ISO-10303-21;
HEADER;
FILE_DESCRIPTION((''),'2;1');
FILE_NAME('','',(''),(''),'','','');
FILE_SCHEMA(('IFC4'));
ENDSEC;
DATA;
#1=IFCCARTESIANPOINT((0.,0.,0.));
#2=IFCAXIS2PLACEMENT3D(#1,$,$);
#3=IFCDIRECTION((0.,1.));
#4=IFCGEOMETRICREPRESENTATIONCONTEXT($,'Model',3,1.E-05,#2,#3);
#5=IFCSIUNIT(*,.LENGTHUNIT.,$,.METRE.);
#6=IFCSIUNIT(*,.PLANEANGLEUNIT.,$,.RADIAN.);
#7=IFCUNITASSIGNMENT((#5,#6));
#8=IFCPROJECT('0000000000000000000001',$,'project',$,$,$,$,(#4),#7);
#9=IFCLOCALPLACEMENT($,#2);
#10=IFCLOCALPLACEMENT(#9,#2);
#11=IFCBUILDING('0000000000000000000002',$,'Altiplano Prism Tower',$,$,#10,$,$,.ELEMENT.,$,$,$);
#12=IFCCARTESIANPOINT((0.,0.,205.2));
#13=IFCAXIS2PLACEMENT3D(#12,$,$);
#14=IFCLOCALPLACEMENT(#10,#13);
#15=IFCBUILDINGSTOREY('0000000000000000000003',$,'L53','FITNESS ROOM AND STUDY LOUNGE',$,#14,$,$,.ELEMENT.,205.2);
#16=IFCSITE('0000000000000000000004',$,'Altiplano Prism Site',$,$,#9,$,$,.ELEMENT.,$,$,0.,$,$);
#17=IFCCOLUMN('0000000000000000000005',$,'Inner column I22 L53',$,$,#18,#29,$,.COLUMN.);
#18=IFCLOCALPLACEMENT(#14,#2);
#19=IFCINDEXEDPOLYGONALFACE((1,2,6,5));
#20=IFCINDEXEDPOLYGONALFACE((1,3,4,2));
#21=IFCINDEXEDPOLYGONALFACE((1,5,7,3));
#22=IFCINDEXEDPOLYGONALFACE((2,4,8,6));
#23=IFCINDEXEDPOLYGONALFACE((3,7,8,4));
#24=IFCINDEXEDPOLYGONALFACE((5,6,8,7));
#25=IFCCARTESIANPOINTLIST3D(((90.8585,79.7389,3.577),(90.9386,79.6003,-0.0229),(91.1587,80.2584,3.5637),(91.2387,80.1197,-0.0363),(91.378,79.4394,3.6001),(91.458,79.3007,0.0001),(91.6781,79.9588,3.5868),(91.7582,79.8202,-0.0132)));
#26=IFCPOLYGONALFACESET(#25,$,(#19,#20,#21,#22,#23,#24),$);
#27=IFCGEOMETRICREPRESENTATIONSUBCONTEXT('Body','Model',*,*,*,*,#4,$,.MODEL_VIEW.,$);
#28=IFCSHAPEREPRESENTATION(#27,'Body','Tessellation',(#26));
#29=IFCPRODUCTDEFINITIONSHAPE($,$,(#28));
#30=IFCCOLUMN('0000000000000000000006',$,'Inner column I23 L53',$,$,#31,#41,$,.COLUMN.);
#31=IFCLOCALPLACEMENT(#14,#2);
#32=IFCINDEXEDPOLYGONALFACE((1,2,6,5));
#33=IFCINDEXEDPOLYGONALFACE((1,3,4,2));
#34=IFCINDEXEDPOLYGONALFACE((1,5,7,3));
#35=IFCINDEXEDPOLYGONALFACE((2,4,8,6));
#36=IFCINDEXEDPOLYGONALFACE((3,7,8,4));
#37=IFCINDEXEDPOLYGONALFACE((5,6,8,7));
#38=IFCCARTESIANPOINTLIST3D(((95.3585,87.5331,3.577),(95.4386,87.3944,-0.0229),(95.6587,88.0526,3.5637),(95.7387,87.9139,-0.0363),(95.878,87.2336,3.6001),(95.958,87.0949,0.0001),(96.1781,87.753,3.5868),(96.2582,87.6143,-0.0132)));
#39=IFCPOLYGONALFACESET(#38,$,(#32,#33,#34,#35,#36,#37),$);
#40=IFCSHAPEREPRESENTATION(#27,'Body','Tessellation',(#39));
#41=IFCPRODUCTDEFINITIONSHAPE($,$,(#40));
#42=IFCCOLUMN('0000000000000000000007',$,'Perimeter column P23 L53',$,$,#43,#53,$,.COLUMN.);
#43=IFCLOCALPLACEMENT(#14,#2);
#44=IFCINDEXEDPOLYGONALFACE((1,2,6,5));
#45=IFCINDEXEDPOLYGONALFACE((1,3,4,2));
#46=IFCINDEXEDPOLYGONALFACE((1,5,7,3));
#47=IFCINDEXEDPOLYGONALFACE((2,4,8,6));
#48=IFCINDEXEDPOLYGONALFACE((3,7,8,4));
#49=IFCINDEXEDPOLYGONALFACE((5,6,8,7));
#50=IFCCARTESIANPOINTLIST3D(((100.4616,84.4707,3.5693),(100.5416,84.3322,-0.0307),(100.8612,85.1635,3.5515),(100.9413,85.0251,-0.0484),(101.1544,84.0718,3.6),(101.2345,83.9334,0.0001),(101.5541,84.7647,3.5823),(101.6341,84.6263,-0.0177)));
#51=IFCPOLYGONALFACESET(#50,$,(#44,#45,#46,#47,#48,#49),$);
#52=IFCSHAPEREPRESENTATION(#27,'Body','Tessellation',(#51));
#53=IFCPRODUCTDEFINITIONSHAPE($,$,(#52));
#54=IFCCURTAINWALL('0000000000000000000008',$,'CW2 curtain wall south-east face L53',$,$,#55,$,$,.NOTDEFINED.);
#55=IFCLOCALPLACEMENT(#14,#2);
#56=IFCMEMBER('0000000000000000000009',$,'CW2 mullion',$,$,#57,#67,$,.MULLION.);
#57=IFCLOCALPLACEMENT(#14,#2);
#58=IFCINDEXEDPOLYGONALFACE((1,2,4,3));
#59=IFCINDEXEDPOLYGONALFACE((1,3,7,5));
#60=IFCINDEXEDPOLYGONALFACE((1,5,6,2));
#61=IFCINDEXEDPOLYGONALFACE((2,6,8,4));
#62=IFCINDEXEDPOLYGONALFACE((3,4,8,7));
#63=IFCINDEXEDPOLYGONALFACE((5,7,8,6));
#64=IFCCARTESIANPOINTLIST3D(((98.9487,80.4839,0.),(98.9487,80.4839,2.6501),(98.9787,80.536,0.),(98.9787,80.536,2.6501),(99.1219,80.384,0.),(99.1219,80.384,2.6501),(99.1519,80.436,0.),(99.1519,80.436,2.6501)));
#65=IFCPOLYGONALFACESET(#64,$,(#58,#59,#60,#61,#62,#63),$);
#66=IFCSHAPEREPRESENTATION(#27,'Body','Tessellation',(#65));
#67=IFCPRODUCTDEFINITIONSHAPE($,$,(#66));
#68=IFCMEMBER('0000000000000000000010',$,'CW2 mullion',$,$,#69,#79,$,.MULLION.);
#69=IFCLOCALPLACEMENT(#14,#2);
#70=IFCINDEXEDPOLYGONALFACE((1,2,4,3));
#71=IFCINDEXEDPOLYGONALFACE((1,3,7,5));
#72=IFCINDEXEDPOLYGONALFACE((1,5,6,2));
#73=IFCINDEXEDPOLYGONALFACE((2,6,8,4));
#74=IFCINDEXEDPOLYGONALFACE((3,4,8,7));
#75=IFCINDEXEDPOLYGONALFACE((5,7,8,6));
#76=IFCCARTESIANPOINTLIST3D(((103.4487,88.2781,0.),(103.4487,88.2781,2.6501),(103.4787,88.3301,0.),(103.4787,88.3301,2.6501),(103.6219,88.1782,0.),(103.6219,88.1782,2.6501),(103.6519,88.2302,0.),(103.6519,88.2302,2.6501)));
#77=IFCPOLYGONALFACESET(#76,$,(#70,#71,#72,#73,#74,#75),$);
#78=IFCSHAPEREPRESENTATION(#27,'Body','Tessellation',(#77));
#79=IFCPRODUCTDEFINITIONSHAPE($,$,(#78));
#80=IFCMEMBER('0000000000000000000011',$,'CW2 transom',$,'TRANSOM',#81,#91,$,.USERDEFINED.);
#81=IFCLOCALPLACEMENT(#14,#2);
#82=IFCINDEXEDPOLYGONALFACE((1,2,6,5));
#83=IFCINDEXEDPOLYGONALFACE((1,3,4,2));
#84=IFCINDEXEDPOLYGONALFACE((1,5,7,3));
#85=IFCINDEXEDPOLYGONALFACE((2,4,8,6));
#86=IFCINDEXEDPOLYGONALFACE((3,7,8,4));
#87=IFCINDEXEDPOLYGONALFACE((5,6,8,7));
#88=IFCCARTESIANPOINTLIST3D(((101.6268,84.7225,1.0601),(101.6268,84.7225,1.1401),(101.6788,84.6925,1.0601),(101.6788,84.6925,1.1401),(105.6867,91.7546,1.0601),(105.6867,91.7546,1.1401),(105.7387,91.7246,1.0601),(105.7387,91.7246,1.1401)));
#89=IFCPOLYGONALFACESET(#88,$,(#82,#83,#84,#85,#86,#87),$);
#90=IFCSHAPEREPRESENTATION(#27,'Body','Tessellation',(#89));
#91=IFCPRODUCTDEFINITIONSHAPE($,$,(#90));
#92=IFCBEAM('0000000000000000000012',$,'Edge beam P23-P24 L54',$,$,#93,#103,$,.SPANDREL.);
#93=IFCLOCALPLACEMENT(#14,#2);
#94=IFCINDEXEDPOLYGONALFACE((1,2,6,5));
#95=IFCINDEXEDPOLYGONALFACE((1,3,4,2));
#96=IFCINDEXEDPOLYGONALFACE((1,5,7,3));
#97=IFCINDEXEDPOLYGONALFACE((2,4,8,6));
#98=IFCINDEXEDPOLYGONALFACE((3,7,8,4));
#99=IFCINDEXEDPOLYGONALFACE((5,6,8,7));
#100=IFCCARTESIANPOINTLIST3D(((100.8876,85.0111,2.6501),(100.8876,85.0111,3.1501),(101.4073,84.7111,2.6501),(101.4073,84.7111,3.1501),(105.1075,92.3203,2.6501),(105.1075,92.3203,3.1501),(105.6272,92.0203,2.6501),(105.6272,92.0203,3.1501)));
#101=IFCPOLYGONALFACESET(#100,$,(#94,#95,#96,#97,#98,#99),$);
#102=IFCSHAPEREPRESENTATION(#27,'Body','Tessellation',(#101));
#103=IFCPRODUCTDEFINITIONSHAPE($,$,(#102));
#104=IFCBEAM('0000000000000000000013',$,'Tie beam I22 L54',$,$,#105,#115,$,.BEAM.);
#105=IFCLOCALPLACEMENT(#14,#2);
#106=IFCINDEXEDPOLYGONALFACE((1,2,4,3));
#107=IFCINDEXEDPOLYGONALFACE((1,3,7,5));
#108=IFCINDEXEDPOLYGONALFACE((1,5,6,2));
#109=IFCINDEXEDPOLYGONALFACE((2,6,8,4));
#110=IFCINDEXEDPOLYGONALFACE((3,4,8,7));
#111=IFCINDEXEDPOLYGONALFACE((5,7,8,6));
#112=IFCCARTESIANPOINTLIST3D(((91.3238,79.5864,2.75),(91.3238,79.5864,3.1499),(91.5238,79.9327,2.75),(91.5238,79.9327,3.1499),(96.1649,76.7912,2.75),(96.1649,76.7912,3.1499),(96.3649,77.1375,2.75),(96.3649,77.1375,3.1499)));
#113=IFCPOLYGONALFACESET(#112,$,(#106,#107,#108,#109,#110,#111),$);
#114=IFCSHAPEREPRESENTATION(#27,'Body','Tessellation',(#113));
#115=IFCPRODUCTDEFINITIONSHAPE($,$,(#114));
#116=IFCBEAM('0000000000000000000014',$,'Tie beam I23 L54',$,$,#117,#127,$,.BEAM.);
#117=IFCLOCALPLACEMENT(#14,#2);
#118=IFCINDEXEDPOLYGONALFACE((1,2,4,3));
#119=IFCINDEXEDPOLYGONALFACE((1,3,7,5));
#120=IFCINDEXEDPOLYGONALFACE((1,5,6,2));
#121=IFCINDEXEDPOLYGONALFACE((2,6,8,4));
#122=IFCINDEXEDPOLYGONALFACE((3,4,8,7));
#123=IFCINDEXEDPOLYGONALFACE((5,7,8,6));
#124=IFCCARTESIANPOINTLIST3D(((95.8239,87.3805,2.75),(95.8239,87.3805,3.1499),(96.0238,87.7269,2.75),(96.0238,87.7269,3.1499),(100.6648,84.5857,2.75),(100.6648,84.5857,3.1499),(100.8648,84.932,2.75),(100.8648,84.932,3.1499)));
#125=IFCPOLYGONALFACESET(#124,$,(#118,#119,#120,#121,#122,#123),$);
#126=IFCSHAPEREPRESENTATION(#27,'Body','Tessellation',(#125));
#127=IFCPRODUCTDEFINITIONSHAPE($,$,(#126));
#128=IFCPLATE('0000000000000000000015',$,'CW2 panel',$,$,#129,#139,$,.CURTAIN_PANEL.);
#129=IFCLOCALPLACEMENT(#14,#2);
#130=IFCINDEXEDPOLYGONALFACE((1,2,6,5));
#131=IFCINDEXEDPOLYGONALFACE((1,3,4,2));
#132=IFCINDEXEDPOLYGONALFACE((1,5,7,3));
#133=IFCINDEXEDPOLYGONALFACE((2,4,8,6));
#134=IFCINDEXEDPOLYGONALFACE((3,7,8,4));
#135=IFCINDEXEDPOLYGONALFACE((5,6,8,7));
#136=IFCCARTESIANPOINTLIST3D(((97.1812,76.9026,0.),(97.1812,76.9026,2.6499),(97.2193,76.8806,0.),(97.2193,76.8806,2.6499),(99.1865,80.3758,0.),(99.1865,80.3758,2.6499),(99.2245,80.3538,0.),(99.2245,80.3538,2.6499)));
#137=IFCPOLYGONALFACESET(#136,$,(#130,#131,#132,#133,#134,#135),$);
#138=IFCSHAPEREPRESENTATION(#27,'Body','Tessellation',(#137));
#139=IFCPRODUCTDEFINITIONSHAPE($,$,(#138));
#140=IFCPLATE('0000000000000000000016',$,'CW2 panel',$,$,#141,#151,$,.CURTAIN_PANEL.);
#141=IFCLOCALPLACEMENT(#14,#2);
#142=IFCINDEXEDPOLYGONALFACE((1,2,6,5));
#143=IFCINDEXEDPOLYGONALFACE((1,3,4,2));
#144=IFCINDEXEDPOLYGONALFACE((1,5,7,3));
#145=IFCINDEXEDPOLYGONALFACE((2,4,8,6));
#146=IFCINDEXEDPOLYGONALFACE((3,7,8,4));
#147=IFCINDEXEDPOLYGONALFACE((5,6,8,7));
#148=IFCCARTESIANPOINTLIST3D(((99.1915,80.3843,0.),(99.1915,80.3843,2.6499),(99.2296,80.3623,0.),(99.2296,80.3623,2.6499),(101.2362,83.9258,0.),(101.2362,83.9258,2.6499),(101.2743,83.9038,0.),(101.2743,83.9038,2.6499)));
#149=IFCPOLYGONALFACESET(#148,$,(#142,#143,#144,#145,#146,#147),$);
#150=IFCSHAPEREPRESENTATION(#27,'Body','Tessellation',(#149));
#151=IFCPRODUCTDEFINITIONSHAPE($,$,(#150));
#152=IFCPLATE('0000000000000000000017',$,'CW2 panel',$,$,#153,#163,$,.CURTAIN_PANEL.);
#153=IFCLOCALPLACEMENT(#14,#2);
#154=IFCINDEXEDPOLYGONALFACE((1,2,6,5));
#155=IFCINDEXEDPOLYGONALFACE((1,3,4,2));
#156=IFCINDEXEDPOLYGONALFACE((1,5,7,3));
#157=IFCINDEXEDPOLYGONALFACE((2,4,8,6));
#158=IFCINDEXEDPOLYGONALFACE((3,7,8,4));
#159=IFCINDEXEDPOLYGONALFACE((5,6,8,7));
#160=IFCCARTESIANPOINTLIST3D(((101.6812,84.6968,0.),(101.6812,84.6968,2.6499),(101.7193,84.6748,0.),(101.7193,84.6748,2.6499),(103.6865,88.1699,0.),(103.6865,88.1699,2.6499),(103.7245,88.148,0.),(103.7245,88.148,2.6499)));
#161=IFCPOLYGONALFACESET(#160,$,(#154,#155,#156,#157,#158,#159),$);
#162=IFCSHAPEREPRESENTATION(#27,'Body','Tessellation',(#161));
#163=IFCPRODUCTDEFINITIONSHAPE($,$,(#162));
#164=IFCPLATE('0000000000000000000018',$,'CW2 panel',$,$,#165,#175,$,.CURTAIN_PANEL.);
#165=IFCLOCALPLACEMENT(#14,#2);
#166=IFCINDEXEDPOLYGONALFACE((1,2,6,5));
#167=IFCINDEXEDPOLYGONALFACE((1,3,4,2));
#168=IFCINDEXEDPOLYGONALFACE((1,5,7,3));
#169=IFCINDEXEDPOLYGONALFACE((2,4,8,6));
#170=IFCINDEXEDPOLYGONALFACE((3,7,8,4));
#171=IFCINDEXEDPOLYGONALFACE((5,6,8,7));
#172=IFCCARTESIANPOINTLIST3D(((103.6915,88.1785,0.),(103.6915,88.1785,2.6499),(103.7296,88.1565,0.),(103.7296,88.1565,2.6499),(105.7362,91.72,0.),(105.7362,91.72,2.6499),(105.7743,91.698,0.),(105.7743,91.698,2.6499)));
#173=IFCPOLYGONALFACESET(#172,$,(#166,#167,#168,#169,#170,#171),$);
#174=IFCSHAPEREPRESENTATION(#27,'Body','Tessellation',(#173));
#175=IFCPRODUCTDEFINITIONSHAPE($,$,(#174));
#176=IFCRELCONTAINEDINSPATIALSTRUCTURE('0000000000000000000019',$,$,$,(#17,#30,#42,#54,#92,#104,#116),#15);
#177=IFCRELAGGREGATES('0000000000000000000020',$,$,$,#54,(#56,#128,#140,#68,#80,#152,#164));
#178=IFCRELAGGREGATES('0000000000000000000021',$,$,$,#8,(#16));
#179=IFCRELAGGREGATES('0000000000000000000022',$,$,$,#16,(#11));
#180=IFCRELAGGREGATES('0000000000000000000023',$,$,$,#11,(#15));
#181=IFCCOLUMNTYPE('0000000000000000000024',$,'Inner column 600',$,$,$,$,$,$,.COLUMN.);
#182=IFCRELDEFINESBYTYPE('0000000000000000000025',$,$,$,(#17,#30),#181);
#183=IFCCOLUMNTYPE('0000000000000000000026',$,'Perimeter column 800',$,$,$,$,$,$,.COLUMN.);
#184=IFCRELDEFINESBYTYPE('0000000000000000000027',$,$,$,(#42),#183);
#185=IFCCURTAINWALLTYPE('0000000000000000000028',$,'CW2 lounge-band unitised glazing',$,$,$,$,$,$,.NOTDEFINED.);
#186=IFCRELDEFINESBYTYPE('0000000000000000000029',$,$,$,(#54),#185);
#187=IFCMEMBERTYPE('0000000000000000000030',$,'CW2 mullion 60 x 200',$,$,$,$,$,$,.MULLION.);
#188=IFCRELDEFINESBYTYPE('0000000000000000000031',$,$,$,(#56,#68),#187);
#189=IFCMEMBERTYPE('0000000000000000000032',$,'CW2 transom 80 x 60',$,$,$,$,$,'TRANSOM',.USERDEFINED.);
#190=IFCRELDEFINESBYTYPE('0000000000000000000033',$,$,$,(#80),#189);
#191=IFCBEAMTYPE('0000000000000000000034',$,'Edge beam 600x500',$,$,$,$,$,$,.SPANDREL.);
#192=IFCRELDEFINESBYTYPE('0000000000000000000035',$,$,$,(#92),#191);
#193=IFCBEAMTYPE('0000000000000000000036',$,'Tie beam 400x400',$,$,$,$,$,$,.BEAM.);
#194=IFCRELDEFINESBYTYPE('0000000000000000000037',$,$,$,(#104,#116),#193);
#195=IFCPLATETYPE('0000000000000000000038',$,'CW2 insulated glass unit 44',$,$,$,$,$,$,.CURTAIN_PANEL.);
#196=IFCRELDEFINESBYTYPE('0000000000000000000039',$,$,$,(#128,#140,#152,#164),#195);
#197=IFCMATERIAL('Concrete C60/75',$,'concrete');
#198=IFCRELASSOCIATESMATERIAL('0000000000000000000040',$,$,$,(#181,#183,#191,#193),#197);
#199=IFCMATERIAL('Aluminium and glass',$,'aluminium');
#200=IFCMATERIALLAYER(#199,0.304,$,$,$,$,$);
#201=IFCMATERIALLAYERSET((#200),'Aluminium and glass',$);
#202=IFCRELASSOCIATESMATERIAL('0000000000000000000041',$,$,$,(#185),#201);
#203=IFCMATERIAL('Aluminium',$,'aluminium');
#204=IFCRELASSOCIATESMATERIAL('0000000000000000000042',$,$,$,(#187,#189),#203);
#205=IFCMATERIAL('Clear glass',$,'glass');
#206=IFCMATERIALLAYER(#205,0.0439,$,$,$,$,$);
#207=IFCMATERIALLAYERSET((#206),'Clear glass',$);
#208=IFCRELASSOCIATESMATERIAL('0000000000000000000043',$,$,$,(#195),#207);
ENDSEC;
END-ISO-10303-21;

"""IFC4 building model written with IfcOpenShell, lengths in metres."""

from ifc_helpers import new_model, si_unit, direction, frame, origin, origin_2d, place, context, subcontext, project, spatial, rectangle, extrude, material, layer, layer_set, material_profile, profile_set, type_object, element, aggregate, save


model = new_model("IFC4")

# Units and contexts
model_context = context("Model", 3, precision=1e-05, world=origin(), true_north=direction((0.0, 1.0)))
body_context = subcontext(model_context, "Body", "Model", "MODEL_VIEW")
ifc_project = project(units=[si_unit("LENGTHUNIT", "METRE"), si_unit("PLANEANGLEUNIT", "RADIAN")], contexts=[model_context])

# Site, building, storey
site_placement = place(None, origin())
site = spatial("IfcSite", under=ifc_project, at=site_placement, Name="Altiplano Prism Site", CompositionType="ELEMENT", RefElevation=0.0)
building_placement = place(site_placement, origin())
building = spatial("IfcBuilding", under=site, at=building_placement, Name="Altiplano Prism Tower", CompositionType="ELEMENT")
storey_placement = place(building_placement, frame((0.0, 0.0, 205.2)))
storey = spatial("IfcBuildingStorey", under=building, at=storey_placement, Name="L53", Description="FITNESS ROOM AND STUDY LOUNGE", CompositionType="ELEMENT", Elevation=205.2)

# Columns
ifc_material_1 = material(Name="Concrete C60/75", Category="concrete")
ifc_material_profile_1 = material_profile(ifc_material_1, rectangle(XDim=0.6001, YDim=0.6001, at=origin_2d()), Name="Inner column 600")
ifc_profile_set_1 = profile_set([ifc_material_profile_1], Name="Concrete C60/75")
column_type_1 = type_object("IfcColumnType", Name="Inner column 600", PredefinedType="COLUMN", material=ifc_profile_set_1)
for number, where, z_axis, x_axis, name in (
    (1, (91.3484, 79.7102, -0.0181), (-0.022223, 0.038483, 0.999012), (-0.500175, -0.865639, 0.022219), "Inner column I22 L53"),
    (2, (95.8484, 87.5044, -0.0181), (-0.022223, 0.038483, 0.999012), (-0.500179, -0.865637, 0.022219), "Inner column I23 L53"),
):
    element("IfcColumn", number, at=place(storey_placement, frame(where, z_axis=z_axis, x_axis=x_axis)), inside=storey, type_object=column_type_1, Name=name, PredefinedType="COLUMN", context=body_context, shape_type="SweptSolid", body=[
        extrude(rectangle(XDim=0.6001, YDim=0.6001, at=origin_2d()), origin(), (0.0, 0.0, 1.0), 3.6035),
    ])
ifc_material_profile_2 = material_profile(ifc_material_1, rectangle(XDim=0.8, YDim=0.8, at=origin_2d()), Name="Perimeter column 800")
ifc_profile_set_2 = profile_set([ifc_material_profile_2], Name="Concrete C60/75")
column_type_2 = type_object("IfcColumnType", Name="Perimeter column 800", PredefinedType="COLUMN", material=ifc_profile_set_2)
column_placement = place(storey_placement, frame((101.0879, 84.4792, -0.0242), z_axis=(-0.022223, 0.038416, 0.999015), x_axis=(-0.499518, -0.866019, 0.02219)))
element("IfcColumn", 3, at=column_placement, inside=storey, type_object=column_type_2, Name="Perimeter column P23 L53", PredefinedType="COLUMN", context=body_context, shape_type="SweptSolid", body=[
    extrude(rectangle(XDim=0.8, YDim=0.8, at=origin_2d()), origin(), (0.0, 0.0, 1.0), 3.6035),
])

# Curtain wall, members
ifc_material_2 = material(Name="Aluminium and glass", Category="aluminium")
ifc_layer_1 = layer(ifc_material_2, 0.304)
ifc_layer_set_1 = layer_set([ifc_layer_1], Name="Aluminium and glass")
curtain_wall_type = type_object("IfcCurtainWallType", Name="CW2 lounge-band unitised glazing", PredefinedType="NOTDEFINED", material=ifc_layer_set_1)
curtain_wall_placement = place(storey_placement, origin())
curtain_wall = element("IfcCurtainWall", 4, at=curtain_wall_placement, inside=storey, type_object=curtain_wall_type, Name="CW2 curtain wall south-east face L53", PredefinedType="NOTDEFINED")
ifc_material_3 = material(Name="Aluminium", Category="aluminium")
ifc_material_profile_3 = material_profile(ifc_material_3, rectangle(XDim=0.2, YDim=0.0601, at=origin_2d()), Name="CW2 mullion 60 x 200")
ifc_profile_set_3 = profile_set([ifc_material_profile_3], Name="Aluminium")
member_type_1 = type_object("IfcMemberType", Name="CW2 mullion 60 x 200", PredefinedType="MULLION", material=ifc_profile_set_3)
member_1_placement = place(storey_placement, frame((99.0503, 80.46, 0.0), z_axis=(0.0, 0.0, 1.0), x_axis=(-0.866025, 0.5, 0.0)))
member_1 = element("IfcMember", 5, at=member_1_placement, type_object=member_type_1, Name="CW2 mullion", PredefinedType="MULLION", context=body_context, shape_type="SweptSolid", body=[
    extrude(rectangle(XDim=0.2, YDim=0.0601, at=origin_2d()), origin(), (0.0, 0.0, 1.0), 2.6501),
])
member_2_placement = place(storey_placement, frame((103.5503, 88.2542, 0.0), z_axis=(0.0, 0.0, 1.0), x_axis=(-0.866025, 0.5, 0.0)))
member_2 = element("IfcMember", 6, at=member_2_placement, type_object=member_type_1, Name="CW2 mullion", PredefinedType="MULLION", context=body_context, shape_type="SweptSolid", body=[
    extrude(rectangle(XDim=0.2, YDim=0.0601, at=origin_2d()), origin(), (0.0, 0.0, 1.0), 2.6501),
])
ifc_material_profile_4 = material_profile(ifc_material_3, rectangle(XDim=0.0601, YDim=0.0801, at=origin_2d()), Name="CW2 transom 80 x 60")
ifc_profile_set_4 = profile_set([ifc_material_profile_4], Name="Aluminium")
member_type_2 = type_object("IfcMemberType", Name="CW2 transom 80 x 60", ElementType="TRANSOM", PredefinedType="USERDEFINED", material=ifc_profile_set_4)
member_3_placement = place(storey_placement, frame((101.6528, 84.7075, 1.1001), z_axis=(0.499991, 0.866031, 0.0), x_axis=(-0.866031, 0.499991, 0.0)))
member_3 = element("IfcMember", 7, at=member_3_placement, type_object=member_type_2, Name="CW2 transom", ObjectType="TRANSOM", PredefinedType="USERDEFINED", context=body_context, shape_type="SweptSolid", body=[
    extrude(rectangle(XDim=0.0601, YDim=0.0801, at=origin_2d()), origin(), (0.0, 0.0, 1.0), 8.1199),
])

# Beams
ifc_material_profile_5 = material_profile(ifc_material_1, rectangle(XDim=0.6001, YDim=0.5, at=origin_2d()), Name="Edge beam 600x500")
ifc_profile_set_5 = profile_set([ifc_material_profile_5], Name="Concrete C60/75")
beam_type_1 = type_object("IfcBeamType", Name="Edge beam 600x500", PredefinedType="SPANDREL", material=ifc_profile_set_5)
beam_1_placement = place(storey_placement, frame((101.1475, 84.8611, 2.9001), z_axis=(0.499994, 0.866029, 0.0), x_axis=(-0.866029, 0.499994, 0.0)))
element("IfcBeam", 8, at=beam_1_placement, inside=storey, type_object=beam_type_1, Name="Edge beam P23-P24 L54", PredefinedType="SPANDREL", context=body_context, shape_type="SweptSolid", body=[
    extrude(rectangle(XDim=0.6001, YDim=0.5, at=origin_2d()), origin(), (0.0, 0.0, 1.0), 8.4399),
])
ifc_material_profile_6 = material_profile(ifc_material_1, rectangle(XDim=0.3999, YDim=0.3999, at=origin_2d()), Name="Tie beam 400x400")
ifc_profile_set_6 = profile_set([ifc_material_profile_6], Name="Concrete C60/75")
beam_type_2 = type_object("IfcBeamType", Name="Tie beam 400x400", PredefinedType="BEAM", material=ifc_profile_set_6)
beam_2_placement = place(storey_placement, frame((91.4238, 79.7595, 2.95), z_axis=(0.866012, -0.500024, 0.0), x_axis=(0.500024, 0.866012, 0.0)))
element("IfcBeam", 9, at=beam_2_placement, inside=storey, type_object=beam_type_2, Name="Tie beam I22 L54", PredefinedType="BEAM", context=body_context, shape_type="SweptSolid", body=[
    extrude(rectangle(XDim=0.3999, YDim=0.3999, at=origin_2d()), origin(), (0.0, 0.0, 1.0), 5.5901),
])
beam_3_placement = place(storey_placement, frame((95.9238, 87.5537, 2.95), z_axis=(0.866031, -0.499991, 0.0), x_axis=(0.499991, 0.866031, 0.0)))
element("IfcBeam", 10, at=beam_3_placement, inside=storey, type_object=beam_type_2, Name="Tie beam I23 L54", PredefinedType="BEAM", context=body_context, shape_type="SweptSolid", body=[
    extrude(rectangle(XDim=0.3999, YDim=0.3999, at=origin_2d()), origin(), (0.0, 0.0, 1.0), 5.5898),
])

# Plates
ifc_material_4 = material(Name="Clear glass", Category="glass")
ifc_layer_2 = layer(ifc_material_4, 0.0439)
ifc_layer_set_2 = layer_set([ifc_layer_2], Name="Clear glass")
plate_type = type_object("IfcPlateType", Name="CW2 insulated glass unit 44", PredefinedType="CURTAIN_PANEL", material=ifc_layer_set_2)
plate_1_placement = place(storey_placement, frame((98.2029, 78.6282, 0.0), z_axis=(0.0, 0.0, 1.0), x_axis=(0.5, 0.866025, 0.0)))
plate_1 = element("IfcPlate", 11, at=plate_1_placement, type_object=plate_type, Name="CW2 panel", PredefinedType="CURTAIN_PANEL", context=body_context, shape_type="SweptSolid", body=[
    extrude(rectangle(XDim=4.0105, YDim=0.0439, at=origin_2d()), origin(), (0.0, 0.0, 1.0), 2.6499),
])
plate_2_placement = place(storey_placement, frame((100.2329, 82.144, 0.0), z_axis=(0.0, 0.0, 1.0), x_axis=(0.5, 0.866025, 0.0)))
plate_2 = element("IfcPlate", 12, at=plate_2_placement, type_object=plate_type, Name="CW2 panel", PredefinedType="CURTAIN_PANEL", context=body_context, shape_type="SweptSolid", body=[
    extrude(rectangle(XDim=4.0894, YDim=0.0439, at=origin_2d()), origin(), (0.0, 0.0, 1.0), 2.6499),
])
plate_3_placement = place(storey_placement, frame((102.7029, 86.4224, 0.0), z_axis=(0.0, 0.0, 1.0), x_axis=(0.5, 0.866025, 0.0)))
plate_3 = element("IfcPlate", 13, at=plate_3_placement, type_object=plate_type, Name="CW2 panel", PredefinedType="CURTAIN_PANEL", context=body_context, shape_type="SweptSolid", body=[
    extrude(rectangle(XDim=4.0105, YDim=0.0439, at=origin_2d()), origin(), (0.0, 0.0, 1.0), 2.6499),
])
plate_4_placement = place(storey_placement, frame((104.7329, 89.9382, 0.0), z_axis=(0.0, 0.0, 1.0), x_axis=(0.5, 0.866025, 0.0)))
plate_4 = element("IfcPlate", 14, at=plate_4_placement, type_object=plate_type, Name="CW2 panel", PredefinedType="CURTAIN_PANEL", context=body_context, shape_type="SweptSolid", body=[
    extrude(rectangle(XDim=4.0894, YDim=0.0439, at=origin_2d()), origin(), (0.0, 0.0, 1.0), 2.6499),
])
aggregate(curtain_wall, [member_1, plate_1, plate_2, member_2, member_3, plate_3, plate_4])

save(model, "model.ifc")
